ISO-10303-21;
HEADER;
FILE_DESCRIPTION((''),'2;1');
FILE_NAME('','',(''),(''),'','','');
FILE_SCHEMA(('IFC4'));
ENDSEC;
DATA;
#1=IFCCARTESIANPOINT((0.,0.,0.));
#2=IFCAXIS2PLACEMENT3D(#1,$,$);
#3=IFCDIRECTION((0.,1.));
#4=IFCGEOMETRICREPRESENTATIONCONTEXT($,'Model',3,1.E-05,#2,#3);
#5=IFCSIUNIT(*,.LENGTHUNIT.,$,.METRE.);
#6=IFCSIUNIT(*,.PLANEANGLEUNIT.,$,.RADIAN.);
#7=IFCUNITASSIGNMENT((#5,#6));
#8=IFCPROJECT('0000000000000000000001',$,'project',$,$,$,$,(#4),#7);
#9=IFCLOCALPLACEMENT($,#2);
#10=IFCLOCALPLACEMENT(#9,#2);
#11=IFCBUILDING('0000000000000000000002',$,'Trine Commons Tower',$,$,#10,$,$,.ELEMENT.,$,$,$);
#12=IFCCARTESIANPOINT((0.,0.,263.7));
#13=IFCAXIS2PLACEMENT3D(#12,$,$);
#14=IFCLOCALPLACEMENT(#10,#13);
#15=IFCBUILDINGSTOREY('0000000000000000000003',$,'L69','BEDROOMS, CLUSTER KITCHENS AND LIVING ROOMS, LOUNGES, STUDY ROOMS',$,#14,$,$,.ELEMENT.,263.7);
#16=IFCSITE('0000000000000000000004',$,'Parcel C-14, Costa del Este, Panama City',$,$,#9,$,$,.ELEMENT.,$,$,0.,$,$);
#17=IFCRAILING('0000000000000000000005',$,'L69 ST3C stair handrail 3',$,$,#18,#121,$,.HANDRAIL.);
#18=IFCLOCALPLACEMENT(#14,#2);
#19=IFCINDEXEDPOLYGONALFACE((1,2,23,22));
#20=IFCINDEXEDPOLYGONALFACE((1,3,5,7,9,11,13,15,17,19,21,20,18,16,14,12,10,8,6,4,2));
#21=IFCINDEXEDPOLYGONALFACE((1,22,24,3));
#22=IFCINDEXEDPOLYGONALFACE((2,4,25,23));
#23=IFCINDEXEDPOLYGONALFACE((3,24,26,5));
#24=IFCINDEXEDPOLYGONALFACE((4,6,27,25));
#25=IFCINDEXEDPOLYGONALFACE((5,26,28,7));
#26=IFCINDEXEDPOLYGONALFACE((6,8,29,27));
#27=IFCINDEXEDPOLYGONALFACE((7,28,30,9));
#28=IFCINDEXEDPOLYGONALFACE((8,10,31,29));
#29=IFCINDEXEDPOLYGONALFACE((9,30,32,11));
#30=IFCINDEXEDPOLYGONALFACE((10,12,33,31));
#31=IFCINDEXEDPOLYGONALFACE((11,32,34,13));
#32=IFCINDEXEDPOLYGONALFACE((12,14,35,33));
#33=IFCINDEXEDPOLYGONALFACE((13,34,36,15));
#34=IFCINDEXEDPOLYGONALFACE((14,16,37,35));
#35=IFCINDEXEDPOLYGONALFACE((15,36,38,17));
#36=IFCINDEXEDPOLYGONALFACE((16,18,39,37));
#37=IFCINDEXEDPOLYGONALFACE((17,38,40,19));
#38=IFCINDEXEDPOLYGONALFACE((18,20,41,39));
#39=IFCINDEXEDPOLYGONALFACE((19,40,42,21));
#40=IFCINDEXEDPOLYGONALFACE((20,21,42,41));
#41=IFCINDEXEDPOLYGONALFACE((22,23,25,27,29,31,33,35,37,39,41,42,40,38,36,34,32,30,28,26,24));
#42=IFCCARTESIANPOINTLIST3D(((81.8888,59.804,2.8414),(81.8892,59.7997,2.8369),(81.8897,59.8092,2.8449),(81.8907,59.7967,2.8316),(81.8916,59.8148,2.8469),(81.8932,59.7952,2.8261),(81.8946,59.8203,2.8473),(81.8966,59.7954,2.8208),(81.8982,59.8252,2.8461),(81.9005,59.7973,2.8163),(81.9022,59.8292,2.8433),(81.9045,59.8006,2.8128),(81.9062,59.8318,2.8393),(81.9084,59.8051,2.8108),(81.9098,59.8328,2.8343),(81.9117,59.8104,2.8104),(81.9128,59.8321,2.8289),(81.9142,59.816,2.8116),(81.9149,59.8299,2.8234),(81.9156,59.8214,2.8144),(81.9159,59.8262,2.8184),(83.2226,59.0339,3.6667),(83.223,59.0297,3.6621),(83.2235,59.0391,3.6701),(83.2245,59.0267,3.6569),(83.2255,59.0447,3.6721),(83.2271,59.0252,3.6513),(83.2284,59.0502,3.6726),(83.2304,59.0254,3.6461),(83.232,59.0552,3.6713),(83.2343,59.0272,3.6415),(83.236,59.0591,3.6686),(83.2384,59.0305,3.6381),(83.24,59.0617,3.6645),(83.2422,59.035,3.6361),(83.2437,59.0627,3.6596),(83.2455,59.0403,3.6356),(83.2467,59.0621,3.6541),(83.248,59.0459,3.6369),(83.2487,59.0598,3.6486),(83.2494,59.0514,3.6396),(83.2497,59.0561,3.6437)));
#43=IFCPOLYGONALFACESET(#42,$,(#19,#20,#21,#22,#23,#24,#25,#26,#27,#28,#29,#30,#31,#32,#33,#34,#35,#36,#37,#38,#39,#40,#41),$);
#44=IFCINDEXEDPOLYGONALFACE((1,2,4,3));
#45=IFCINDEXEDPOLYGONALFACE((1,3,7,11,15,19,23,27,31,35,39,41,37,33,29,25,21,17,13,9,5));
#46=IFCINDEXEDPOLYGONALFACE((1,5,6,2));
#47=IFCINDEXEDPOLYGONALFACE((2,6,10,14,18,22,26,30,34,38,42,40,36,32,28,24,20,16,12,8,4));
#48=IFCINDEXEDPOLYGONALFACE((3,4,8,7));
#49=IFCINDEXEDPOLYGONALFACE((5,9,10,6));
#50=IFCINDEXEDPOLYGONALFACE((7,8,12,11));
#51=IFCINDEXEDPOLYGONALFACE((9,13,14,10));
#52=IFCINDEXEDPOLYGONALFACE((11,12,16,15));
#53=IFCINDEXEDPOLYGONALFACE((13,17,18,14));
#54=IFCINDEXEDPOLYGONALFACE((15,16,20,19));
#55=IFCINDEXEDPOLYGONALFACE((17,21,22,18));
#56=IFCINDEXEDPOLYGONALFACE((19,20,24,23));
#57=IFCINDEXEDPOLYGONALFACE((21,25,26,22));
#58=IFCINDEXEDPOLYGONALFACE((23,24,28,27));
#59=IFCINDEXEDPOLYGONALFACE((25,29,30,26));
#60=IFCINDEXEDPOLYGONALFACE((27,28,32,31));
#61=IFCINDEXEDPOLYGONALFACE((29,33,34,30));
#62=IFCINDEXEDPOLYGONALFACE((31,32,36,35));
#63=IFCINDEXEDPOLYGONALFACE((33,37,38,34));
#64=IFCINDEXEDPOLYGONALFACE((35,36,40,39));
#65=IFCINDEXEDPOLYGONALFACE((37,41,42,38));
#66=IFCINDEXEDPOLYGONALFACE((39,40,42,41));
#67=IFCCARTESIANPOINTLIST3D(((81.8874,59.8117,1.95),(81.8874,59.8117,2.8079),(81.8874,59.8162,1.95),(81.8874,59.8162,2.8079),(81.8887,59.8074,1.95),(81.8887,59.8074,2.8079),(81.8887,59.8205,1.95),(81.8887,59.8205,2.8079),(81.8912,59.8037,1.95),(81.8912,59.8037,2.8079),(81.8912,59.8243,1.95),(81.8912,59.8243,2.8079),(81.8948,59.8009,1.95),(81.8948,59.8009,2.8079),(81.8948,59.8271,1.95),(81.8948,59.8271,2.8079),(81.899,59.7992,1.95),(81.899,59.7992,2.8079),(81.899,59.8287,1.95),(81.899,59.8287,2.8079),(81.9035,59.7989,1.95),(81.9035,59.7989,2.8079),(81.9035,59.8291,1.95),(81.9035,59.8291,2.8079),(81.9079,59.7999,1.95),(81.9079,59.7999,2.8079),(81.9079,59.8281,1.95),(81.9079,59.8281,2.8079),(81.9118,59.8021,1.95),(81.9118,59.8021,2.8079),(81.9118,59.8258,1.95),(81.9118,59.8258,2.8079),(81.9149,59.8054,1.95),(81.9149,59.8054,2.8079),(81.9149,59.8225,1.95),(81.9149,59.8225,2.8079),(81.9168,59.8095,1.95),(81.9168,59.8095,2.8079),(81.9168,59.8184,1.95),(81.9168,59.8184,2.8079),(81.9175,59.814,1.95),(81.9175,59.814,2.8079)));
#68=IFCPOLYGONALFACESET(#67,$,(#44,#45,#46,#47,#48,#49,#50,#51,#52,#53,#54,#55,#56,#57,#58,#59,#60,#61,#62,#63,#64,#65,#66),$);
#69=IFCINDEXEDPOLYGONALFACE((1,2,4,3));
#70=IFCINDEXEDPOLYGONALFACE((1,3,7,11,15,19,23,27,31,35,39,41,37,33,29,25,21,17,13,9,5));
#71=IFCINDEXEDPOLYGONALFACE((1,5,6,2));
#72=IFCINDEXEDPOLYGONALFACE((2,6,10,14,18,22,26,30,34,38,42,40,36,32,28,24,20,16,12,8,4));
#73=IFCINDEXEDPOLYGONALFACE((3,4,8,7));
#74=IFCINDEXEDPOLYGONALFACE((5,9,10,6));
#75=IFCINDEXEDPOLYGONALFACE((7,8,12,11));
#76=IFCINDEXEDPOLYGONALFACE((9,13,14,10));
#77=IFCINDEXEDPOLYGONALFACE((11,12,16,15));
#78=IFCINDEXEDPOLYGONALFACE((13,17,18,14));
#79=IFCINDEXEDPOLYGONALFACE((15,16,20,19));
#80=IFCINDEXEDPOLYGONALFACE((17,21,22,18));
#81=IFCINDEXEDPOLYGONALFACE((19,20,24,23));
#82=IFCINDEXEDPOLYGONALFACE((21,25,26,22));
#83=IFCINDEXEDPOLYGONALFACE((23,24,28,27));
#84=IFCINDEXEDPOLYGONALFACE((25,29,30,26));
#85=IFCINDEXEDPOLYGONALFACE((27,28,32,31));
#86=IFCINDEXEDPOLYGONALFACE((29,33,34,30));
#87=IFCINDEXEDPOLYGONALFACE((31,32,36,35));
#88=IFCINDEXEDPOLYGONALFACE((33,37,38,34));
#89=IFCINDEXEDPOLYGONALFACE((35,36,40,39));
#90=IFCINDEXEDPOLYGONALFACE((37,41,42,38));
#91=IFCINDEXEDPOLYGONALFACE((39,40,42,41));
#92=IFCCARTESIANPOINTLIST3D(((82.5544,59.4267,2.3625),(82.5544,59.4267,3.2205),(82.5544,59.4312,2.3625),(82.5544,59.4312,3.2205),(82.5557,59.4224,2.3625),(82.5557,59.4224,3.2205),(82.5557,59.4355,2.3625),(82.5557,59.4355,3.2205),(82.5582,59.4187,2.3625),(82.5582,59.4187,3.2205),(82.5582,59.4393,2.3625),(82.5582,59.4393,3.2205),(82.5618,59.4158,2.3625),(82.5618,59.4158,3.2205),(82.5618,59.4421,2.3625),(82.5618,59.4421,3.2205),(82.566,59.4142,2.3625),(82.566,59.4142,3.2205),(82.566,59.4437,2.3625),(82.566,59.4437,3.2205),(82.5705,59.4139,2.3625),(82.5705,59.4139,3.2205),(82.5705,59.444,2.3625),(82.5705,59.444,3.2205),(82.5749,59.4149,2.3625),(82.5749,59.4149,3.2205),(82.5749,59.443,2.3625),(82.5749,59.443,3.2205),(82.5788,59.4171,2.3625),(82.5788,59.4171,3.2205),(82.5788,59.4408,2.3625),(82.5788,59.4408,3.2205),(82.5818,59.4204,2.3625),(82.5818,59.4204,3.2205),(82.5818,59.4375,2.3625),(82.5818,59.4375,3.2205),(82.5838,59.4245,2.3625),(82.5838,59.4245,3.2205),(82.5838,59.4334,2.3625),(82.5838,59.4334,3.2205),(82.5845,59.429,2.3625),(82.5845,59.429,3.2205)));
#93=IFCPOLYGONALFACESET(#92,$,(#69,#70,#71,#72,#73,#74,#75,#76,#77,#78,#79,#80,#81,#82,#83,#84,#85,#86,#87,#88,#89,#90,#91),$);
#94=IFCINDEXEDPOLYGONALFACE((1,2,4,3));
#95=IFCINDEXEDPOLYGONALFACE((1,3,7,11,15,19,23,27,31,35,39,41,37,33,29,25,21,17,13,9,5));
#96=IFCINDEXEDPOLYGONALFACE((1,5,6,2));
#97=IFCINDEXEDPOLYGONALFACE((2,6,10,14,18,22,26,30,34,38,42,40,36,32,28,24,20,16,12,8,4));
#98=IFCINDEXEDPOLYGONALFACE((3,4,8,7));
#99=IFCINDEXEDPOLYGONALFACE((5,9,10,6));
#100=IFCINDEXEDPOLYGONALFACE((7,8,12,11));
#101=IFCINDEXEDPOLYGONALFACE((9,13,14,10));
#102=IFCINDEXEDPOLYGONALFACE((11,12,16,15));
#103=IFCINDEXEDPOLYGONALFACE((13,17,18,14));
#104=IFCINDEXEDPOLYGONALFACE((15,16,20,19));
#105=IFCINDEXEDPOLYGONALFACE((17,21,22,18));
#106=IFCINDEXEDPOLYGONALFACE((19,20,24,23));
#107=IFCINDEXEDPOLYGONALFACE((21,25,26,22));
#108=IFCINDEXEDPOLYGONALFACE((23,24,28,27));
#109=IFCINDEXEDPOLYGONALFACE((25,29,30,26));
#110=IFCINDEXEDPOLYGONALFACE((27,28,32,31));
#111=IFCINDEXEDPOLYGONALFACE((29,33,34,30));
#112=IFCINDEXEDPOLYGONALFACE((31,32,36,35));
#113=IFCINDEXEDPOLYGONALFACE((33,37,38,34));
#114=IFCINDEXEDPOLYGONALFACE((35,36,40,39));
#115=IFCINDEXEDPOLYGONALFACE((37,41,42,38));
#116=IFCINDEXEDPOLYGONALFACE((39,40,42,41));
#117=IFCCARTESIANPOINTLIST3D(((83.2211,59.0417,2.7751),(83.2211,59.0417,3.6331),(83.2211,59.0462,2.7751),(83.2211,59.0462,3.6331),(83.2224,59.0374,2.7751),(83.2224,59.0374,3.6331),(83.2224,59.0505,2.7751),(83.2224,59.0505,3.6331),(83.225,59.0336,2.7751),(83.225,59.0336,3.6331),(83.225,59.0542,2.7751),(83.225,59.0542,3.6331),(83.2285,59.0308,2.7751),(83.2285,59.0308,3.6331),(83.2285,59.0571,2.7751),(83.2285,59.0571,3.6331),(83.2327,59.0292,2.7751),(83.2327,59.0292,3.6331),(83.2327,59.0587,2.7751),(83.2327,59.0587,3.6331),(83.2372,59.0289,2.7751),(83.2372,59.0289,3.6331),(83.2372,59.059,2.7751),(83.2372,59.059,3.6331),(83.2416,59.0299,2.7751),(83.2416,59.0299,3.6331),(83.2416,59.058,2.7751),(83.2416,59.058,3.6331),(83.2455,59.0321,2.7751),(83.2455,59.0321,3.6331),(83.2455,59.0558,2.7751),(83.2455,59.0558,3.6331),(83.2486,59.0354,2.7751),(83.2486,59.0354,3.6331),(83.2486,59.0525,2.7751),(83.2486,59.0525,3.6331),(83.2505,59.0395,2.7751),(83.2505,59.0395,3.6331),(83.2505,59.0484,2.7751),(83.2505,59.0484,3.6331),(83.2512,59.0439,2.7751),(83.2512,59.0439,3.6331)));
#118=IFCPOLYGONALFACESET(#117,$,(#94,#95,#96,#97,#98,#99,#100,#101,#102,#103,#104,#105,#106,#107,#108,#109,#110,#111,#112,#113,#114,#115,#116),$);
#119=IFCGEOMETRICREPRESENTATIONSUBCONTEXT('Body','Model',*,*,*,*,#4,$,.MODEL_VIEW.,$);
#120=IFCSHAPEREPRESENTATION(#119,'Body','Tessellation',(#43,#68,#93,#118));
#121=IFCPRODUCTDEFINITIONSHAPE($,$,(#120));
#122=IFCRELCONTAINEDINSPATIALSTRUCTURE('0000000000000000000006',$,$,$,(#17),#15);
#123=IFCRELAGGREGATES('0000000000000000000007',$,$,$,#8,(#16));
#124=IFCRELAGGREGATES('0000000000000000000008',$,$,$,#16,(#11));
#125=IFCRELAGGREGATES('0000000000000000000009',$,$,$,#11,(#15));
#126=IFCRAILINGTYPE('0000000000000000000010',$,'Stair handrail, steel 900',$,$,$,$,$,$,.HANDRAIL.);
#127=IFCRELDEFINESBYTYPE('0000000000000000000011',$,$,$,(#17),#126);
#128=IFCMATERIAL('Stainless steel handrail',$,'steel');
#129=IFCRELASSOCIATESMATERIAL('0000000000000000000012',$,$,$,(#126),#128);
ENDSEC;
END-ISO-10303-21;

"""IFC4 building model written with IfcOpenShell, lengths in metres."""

from ifc_helpers import new_model, si_unit, direction, frame, origin, origin_2d, place, context, subcontext, project, spatial, circle, extrude, material, type_object, element, save


model = new_model("IFC4")

# Units and contexts
model_context = context("Model", 3, precision=1e-05, world=origin(), true_north=direction((0.0, 1.0)))
body_context = subcontext(model_context, "Body", "Model", "MODEL_VIEW")
ifc_project = project(units=[si_unit("LENGTHUNIT", "METRE"), si_unit("PLANEANGLEUNIT", "RADIAN")], contexts=[model_context])

# Site, building, storey
site_placement = place(None, origin())
site = spatial("IfcSite", under=ifc_project, at=site_placement, Name="Parcel C-14, Costa del Este, Panama City", CompositionType="ELEMENT", RefElevation=0.0)
building_placement = place(site_placement, origin())
building = spatial("IfcBuilding", under=site, at=building_placement, Name="Trine Commons Tower", CompositionType="ELEMENT")
storey_placement = place(building_placement, frame((0.0, 0.0, 263.7)))
storey = spatial("IfcBuildingStorey", under=building, at=storey_placement, Name="L69", Description="BEDROOMS, CLUSTER KITCHENS AND LIVING ROOMS, LOUNGES, STUDY ROOMS", CompositionType="ELEMENT", Elevation=263.7)

# Railing
ifc_material_1 = material(Name="Stainless steel handrail", Category="steel")
railing_type_1 = type_object("IfcRailingType", Name="Stair handrail, steel 900", PredefinedType="HANDRAIL", material=ifc_material_1)
railing_1_placement = place(storey_placement, frame((81.9023, 59.814, 1.95)))
element("IfcRailing", 1, at=railing_1_placement, inside=storey, type_object=railing_type_1, Name="L69 ST3C stair handrail 3", PredefinedType="HANDRAIL", context=body_context, shape_type="SweptSolid", body=[
    extrude(circle(Radius=0.021, at=origin_2d()), frame((0.0, 0.0, 0.8789), z_axis=(0.763355, -0.440714, 0.472293), x_axis=(0.499992, 0.86603, 0.0)), (0.0, 0.0, 1.0), 1.7473),
    extrude(circle(Radius=0.0151, at=origin_2d()), origin(), (0.0, 0.0, 1.0), 0.8579),
    extrude(circle(Radius=0.0151, at=origin_2d()), frame((0.667, -0.385, 0.4126)), (0.0, 0.0, 1.0), 0.8579),
    extrude(circle(Radius=0.0151, at=origin_2d()), frame((1.3337, -0.77, 0.8252)), (0.0, 0.0, 1.0), 0.8579),
])

save(model, "model.ifc")
